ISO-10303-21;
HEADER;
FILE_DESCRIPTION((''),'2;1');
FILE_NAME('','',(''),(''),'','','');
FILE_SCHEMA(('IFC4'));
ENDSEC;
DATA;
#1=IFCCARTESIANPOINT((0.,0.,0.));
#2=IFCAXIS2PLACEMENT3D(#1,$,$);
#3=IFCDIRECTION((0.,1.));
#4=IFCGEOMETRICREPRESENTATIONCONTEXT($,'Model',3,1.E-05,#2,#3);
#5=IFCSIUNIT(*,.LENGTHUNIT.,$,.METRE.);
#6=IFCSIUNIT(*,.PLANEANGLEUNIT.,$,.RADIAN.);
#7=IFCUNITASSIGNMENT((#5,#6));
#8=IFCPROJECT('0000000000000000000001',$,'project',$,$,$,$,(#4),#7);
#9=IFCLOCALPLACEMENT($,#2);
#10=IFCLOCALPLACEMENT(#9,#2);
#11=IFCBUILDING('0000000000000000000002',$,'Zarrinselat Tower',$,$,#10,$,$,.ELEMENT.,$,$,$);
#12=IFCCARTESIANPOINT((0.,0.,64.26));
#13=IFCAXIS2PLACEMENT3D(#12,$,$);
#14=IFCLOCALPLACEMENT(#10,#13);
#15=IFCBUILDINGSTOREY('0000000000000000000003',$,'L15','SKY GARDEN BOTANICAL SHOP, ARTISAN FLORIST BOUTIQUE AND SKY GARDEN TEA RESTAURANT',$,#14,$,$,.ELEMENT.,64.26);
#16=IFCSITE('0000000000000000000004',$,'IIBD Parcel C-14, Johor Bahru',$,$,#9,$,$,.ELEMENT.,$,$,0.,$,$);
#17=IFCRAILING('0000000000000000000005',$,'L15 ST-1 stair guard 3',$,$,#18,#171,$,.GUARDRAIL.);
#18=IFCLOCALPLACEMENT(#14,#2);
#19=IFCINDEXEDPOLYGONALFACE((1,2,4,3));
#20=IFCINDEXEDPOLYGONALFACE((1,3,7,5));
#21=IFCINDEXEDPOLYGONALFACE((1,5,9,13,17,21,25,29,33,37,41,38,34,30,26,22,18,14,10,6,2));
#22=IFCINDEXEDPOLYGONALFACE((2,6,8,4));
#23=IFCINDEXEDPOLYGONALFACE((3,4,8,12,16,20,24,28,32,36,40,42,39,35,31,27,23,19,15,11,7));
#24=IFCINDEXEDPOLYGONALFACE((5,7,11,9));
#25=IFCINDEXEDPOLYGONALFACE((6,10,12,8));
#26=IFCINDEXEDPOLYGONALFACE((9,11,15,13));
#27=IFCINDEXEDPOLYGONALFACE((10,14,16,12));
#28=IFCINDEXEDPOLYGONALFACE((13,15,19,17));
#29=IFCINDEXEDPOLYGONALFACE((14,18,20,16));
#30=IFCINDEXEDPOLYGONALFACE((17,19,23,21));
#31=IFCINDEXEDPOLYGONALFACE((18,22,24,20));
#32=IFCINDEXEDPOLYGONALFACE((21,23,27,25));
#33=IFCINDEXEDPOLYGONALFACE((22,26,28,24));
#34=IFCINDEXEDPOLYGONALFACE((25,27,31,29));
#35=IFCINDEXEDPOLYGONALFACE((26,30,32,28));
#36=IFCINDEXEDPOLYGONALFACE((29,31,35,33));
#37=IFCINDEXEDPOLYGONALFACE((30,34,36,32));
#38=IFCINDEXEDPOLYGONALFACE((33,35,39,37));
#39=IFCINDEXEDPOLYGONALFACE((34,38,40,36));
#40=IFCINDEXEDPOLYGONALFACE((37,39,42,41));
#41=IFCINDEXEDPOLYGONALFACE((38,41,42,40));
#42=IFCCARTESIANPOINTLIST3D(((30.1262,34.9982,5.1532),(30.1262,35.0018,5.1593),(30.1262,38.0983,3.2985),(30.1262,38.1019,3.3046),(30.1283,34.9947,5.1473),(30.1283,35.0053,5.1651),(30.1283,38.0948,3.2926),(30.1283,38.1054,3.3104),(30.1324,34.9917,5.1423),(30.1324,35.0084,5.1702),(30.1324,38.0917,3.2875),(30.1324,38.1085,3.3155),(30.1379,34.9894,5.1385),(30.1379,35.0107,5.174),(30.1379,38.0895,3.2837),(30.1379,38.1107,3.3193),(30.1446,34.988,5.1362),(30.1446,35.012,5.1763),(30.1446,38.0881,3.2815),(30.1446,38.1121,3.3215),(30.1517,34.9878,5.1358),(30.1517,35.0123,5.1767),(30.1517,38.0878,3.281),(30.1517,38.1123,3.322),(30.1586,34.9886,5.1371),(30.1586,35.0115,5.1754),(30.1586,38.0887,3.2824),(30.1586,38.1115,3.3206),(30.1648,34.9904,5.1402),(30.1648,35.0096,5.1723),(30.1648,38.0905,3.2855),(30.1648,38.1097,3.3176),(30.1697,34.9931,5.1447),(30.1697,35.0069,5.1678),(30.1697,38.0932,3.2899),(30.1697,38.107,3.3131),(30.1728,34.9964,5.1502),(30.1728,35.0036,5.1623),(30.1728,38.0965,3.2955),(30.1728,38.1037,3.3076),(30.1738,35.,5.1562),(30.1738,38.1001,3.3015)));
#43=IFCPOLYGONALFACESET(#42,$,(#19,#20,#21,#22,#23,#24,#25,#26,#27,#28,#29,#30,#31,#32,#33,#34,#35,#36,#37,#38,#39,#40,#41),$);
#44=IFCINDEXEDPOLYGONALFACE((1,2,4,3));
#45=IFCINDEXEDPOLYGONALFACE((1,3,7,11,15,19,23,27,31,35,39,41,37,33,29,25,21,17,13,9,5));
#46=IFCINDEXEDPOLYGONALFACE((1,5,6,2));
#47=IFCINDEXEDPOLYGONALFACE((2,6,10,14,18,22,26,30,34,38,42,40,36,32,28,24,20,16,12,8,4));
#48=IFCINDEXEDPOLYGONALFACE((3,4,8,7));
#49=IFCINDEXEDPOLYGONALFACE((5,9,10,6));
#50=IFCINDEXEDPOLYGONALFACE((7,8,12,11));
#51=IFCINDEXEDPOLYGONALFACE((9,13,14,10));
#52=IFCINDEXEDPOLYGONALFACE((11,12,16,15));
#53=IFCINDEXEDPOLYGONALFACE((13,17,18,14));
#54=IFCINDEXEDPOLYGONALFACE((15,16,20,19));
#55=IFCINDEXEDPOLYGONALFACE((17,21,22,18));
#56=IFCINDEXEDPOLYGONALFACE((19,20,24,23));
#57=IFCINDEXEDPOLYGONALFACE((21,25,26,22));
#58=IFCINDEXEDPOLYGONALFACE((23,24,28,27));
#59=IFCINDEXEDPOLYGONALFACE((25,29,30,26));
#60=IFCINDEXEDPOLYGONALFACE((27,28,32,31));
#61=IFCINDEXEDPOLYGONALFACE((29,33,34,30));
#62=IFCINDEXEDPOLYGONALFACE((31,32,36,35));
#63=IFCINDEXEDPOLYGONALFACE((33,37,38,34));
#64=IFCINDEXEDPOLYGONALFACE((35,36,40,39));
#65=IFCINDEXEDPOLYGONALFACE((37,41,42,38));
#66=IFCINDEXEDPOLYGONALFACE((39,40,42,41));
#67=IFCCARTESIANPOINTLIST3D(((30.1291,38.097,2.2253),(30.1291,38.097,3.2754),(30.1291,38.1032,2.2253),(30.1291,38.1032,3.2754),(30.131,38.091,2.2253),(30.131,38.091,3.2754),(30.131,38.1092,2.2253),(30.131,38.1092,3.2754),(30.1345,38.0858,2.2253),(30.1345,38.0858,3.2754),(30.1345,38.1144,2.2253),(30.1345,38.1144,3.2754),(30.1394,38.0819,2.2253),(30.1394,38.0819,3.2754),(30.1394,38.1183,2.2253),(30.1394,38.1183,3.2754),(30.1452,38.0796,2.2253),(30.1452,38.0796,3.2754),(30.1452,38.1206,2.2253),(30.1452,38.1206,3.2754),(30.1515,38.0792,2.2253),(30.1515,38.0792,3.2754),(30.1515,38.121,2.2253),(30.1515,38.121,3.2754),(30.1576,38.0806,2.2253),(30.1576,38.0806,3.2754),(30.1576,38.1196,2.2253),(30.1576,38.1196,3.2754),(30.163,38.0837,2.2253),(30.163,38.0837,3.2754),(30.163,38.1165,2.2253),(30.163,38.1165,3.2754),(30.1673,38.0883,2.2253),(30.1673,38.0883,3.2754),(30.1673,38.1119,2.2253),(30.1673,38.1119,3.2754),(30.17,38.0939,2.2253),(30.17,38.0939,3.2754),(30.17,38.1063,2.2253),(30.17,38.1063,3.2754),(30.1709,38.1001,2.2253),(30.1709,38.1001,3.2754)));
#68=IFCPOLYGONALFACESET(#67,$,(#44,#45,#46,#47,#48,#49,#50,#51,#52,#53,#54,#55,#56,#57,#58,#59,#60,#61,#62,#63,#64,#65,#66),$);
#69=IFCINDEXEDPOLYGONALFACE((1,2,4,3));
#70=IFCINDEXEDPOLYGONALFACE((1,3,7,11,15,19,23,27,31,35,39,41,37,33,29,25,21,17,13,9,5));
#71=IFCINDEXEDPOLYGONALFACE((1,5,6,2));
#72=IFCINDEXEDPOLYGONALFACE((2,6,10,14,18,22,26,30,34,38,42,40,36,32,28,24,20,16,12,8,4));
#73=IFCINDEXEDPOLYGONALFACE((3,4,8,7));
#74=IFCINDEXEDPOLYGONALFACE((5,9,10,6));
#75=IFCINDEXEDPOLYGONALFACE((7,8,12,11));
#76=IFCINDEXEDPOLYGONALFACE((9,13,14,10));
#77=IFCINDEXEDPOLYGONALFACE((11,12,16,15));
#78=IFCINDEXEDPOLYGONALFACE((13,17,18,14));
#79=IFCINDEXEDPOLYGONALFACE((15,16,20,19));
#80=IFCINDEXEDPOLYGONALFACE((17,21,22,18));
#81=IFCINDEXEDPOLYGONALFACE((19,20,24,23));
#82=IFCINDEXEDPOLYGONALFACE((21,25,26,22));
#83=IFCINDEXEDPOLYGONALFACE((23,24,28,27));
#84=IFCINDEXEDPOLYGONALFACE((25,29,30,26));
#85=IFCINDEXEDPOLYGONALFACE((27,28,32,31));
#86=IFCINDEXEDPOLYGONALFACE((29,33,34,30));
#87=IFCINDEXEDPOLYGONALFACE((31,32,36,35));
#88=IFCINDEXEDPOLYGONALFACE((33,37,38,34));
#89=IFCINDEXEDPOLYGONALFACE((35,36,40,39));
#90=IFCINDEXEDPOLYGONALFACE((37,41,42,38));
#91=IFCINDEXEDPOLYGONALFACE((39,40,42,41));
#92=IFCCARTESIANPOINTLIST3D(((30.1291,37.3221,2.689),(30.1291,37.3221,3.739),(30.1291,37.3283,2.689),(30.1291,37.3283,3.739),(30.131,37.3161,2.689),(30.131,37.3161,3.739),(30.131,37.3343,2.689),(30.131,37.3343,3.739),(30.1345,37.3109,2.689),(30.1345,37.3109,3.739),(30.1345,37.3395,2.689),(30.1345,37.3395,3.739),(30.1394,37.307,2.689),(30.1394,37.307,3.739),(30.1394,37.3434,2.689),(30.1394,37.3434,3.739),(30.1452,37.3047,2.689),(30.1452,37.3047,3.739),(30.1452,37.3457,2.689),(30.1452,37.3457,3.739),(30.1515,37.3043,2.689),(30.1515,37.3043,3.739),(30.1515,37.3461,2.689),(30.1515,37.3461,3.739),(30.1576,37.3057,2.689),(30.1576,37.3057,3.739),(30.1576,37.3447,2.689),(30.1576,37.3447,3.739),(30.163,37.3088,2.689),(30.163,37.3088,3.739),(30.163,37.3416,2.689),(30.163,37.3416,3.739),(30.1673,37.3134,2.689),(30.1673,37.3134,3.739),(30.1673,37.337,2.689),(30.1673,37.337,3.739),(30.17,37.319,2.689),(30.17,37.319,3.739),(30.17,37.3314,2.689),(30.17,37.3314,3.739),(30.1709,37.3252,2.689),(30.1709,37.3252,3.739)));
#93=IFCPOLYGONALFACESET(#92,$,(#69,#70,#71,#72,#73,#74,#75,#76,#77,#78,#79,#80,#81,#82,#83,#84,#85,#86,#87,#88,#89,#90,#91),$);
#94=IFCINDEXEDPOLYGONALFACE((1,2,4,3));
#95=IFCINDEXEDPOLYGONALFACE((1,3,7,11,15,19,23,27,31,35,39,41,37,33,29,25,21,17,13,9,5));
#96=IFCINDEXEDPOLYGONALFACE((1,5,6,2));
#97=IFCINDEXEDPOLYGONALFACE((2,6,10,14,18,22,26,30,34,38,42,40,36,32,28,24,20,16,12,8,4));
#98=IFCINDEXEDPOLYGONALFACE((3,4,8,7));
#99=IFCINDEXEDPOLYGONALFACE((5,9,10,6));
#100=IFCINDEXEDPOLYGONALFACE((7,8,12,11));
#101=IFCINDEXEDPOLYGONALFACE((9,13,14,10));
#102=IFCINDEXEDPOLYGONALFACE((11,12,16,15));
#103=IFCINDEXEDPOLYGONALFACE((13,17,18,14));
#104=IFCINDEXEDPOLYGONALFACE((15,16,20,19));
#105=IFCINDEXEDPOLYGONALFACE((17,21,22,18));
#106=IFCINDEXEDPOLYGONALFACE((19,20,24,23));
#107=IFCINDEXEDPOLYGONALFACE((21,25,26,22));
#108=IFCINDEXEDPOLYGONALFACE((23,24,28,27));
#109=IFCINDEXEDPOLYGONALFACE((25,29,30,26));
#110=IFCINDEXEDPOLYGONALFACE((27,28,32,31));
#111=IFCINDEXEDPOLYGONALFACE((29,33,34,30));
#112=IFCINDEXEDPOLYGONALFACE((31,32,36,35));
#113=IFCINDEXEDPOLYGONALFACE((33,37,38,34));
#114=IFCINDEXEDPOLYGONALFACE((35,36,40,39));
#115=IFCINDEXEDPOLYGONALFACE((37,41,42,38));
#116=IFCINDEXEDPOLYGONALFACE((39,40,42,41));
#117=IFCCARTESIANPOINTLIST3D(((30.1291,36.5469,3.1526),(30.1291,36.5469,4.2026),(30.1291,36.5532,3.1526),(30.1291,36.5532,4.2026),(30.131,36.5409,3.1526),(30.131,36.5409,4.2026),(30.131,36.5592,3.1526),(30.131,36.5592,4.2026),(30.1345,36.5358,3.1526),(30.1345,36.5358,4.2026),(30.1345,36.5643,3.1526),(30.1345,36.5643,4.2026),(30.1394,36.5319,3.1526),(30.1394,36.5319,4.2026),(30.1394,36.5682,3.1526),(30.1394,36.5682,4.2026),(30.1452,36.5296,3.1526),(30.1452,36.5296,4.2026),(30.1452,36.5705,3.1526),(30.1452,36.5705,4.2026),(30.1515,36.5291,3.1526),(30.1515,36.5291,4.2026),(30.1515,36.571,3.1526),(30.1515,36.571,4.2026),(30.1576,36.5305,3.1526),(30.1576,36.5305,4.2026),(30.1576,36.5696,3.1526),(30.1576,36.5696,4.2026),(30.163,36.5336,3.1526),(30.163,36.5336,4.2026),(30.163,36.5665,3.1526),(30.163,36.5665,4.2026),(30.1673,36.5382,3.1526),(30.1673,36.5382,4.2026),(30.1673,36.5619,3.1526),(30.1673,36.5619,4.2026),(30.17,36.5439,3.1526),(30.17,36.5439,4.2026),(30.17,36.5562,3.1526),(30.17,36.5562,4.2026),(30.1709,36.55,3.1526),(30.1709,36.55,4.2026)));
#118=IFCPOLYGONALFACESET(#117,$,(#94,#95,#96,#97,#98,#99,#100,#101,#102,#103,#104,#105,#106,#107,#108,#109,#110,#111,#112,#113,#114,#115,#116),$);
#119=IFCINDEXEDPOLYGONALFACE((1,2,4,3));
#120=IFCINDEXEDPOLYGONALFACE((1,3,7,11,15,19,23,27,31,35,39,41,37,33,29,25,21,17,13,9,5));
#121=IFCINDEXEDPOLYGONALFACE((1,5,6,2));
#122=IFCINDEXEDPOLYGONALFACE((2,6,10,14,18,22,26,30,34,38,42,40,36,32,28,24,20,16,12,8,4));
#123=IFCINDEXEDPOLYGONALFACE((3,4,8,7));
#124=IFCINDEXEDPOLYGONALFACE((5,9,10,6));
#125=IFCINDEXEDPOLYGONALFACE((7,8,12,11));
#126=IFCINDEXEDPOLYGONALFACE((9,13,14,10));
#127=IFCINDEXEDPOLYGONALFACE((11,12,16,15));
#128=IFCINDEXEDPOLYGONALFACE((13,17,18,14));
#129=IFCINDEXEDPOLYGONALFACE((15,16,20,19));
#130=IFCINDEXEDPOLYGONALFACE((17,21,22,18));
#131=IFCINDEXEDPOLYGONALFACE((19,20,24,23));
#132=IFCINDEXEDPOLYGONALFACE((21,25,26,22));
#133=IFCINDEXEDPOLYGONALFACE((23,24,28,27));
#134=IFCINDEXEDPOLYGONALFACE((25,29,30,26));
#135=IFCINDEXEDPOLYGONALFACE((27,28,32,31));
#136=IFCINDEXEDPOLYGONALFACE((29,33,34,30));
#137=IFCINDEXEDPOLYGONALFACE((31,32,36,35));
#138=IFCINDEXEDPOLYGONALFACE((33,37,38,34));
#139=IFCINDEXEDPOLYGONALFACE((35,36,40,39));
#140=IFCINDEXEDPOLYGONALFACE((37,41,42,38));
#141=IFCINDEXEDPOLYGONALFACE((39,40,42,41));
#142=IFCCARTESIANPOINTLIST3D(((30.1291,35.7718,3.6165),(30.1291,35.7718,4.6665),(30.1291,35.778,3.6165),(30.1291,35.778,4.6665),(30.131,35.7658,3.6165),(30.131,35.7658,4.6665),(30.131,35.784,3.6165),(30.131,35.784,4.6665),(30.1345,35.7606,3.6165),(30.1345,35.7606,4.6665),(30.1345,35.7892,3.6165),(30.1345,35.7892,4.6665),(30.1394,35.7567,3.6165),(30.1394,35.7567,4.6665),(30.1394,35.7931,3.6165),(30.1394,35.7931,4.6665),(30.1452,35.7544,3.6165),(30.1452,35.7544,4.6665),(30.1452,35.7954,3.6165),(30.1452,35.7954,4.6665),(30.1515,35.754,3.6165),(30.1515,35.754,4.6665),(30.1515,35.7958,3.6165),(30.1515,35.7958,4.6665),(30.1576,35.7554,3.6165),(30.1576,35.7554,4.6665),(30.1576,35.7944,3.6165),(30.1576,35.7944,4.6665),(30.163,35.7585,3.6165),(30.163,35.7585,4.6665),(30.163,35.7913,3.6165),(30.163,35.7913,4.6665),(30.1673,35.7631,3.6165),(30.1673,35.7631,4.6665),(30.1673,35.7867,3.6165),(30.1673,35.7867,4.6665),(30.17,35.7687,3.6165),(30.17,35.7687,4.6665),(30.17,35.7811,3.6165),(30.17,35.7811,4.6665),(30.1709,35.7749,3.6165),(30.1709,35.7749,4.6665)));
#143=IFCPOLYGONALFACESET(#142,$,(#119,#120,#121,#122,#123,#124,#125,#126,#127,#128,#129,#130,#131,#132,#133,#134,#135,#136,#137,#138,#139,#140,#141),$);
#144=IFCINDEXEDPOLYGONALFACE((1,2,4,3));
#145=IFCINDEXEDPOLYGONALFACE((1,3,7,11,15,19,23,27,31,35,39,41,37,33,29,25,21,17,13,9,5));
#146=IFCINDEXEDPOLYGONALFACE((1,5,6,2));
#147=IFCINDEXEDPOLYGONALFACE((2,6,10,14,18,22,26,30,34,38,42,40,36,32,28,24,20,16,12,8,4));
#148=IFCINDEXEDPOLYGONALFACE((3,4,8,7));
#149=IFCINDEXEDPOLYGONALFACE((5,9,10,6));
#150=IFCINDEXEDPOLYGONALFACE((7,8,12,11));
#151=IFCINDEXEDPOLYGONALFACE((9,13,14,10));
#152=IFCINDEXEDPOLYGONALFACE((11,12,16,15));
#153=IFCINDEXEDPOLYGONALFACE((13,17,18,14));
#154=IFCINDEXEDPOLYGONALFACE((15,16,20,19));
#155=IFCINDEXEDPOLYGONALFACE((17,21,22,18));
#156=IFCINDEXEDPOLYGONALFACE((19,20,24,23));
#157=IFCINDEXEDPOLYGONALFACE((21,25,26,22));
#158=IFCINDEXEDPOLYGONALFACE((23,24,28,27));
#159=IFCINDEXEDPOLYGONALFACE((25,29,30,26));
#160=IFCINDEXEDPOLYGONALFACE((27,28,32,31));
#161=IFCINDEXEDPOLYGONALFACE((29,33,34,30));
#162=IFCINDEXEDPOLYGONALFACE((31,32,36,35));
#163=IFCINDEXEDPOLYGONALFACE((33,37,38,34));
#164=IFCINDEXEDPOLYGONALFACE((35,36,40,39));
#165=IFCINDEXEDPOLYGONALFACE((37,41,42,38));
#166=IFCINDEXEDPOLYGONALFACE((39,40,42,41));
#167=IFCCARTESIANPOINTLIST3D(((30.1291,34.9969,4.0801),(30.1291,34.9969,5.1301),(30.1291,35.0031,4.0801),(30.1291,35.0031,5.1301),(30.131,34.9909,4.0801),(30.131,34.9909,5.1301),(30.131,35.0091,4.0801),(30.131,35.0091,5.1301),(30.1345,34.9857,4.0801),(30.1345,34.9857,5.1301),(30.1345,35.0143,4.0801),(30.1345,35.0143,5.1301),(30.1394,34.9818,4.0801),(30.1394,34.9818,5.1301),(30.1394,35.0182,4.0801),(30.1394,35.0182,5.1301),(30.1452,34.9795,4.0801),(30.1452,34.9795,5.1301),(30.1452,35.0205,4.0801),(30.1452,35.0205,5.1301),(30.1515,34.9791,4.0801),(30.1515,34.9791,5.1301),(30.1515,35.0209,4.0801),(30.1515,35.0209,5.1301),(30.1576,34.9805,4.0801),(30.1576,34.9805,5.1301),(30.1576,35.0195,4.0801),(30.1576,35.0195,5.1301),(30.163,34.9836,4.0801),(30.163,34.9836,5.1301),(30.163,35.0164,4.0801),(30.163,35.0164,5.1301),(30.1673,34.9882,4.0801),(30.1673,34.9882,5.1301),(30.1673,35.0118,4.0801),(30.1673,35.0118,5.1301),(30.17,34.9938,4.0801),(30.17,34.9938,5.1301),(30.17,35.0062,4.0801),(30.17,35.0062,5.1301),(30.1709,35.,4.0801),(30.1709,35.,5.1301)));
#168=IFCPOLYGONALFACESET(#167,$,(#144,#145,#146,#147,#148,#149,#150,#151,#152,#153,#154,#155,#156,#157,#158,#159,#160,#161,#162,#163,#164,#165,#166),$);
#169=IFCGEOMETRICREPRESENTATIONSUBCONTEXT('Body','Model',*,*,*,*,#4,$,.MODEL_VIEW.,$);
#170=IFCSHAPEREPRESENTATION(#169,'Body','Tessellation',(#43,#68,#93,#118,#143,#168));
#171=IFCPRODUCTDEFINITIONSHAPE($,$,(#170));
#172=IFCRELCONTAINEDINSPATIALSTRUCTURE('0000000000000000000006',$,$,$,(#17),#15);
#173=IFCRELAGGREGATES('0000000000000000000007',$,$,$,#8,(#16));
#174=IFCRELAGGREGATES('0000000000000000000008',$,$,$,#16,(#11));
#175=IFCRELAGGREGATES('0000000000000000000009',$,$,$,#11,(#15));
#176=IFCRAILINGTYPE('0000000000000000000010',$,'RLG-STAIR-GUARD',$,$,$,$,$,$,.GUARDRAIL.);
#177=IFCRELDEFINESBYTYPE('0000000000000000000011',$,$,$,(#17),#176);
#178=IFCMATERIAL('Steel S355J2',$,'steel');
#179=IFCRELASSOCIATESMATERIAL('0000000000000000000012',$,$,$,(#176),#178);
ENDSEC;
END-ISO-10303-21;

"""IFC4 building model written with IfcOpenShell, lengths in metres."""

from ifc_helpers import new_model, si_unit, direction, frame, origin, origin_2d, place, context, subcontext, project, spatial, circle, extrude, material, type_object, element, save


model = new_model("IFC4")

# Units and contexts
model_context = context("Model", 3, precision=1e-05, world=origin(), true_north=direction((0.0, 1.0)))
body_context = subcontext(model_context, "Body", "Model", "MODEL_VIEW")
ifc_project = project(units=[si_unit("LENGTHUNIT", "METRE"), si_unit("PLANEANGLEUNIT", "RADIAN")], contexts=[model_context])

# Site, building, storey
site_placement = place(None, origin())
site = spatial("IfcSite", under=ifc_project, at=site_placement, Name="IIBD Parcel C-14, Johor Bahru", CompositionType="ELEMENT", RefElevation=0.0)
building_placement = place(site_placement, origin())
building = spatial("IfcBuilding", under=site, at=building_placement, Name="Zarrinselat Tower", CompositionType="ELEMENT")
storey_placement = place(building_placement, frame((0.0, 0.0, 64.26)))
storey = spatial("IfcBuildingStorey", under=building, at=storey_placement, Name="L15", Description="SKY GARDEN BOTANICAL SHOP, ARTISAN FLORIST BOUTIQUE AND SKY GARDEN TEA RESTAURANT", CompositionType="ELEMENT", Elevation=64.26)

# Railing
ifc_material_1 = material(Name="Steel S355J2", Category="steel")
railing_type_1 = type_object("IfcRailingType", Name="RLG-STAIR-GUARD", PredefinedType="GUARDRAIL", material=ifc_material_1)
railing_1_placement = place(storey_placement, frame((30.1499, 38.1001, 2.2253)))
element("IfcRailing", 1, at=railing_1_placement, inside=storey, type_object=railing_type_1, Name="L15 ST-1 stair guard 3", PredefinedType="GUARDRAIL", context=body_context, shape_type="SweptSolid", body=[
    extrude(circle(Radius=0.0239, at=origin_2d()), frame((0.0, 0.0, 1.0762), z_axis=(0.0, -0.858142, 0.513412), x_axis=(1.0, 0.0, 0.0)), (0.0, 0.0, 1.0), 3.6125),
    extrude(circle(Radius=0.021, at=origin_2d()), origin(), (0.0, 0.0, 1.0), 1.05),
    extrude(circle(Radius=0.021, at=origin_2d()), frame((0.0, -0.7749, 0.4636)), (0.0, 0.0, 1.0), 1.05),
    extrude(circle(Radius=0.021, at=origin_2d()), frame((0.0, -1.55, 0.9272)), (0.0, 0.0, 1.0), 1.05),
    extrude(circle(Radius=0.021, at=origin_2d()), frame((0.0, -2.3252, 1.3911)), (0.0, 0.0, 1.0), 1.05),
    extrude(circle(Radius=0.021, at=origin_2d()), frame((0.0, -3.1001, 1.8547)), (0.0, 0.0, 1.0), 1.05),
])

save(model, "model.ifc")
